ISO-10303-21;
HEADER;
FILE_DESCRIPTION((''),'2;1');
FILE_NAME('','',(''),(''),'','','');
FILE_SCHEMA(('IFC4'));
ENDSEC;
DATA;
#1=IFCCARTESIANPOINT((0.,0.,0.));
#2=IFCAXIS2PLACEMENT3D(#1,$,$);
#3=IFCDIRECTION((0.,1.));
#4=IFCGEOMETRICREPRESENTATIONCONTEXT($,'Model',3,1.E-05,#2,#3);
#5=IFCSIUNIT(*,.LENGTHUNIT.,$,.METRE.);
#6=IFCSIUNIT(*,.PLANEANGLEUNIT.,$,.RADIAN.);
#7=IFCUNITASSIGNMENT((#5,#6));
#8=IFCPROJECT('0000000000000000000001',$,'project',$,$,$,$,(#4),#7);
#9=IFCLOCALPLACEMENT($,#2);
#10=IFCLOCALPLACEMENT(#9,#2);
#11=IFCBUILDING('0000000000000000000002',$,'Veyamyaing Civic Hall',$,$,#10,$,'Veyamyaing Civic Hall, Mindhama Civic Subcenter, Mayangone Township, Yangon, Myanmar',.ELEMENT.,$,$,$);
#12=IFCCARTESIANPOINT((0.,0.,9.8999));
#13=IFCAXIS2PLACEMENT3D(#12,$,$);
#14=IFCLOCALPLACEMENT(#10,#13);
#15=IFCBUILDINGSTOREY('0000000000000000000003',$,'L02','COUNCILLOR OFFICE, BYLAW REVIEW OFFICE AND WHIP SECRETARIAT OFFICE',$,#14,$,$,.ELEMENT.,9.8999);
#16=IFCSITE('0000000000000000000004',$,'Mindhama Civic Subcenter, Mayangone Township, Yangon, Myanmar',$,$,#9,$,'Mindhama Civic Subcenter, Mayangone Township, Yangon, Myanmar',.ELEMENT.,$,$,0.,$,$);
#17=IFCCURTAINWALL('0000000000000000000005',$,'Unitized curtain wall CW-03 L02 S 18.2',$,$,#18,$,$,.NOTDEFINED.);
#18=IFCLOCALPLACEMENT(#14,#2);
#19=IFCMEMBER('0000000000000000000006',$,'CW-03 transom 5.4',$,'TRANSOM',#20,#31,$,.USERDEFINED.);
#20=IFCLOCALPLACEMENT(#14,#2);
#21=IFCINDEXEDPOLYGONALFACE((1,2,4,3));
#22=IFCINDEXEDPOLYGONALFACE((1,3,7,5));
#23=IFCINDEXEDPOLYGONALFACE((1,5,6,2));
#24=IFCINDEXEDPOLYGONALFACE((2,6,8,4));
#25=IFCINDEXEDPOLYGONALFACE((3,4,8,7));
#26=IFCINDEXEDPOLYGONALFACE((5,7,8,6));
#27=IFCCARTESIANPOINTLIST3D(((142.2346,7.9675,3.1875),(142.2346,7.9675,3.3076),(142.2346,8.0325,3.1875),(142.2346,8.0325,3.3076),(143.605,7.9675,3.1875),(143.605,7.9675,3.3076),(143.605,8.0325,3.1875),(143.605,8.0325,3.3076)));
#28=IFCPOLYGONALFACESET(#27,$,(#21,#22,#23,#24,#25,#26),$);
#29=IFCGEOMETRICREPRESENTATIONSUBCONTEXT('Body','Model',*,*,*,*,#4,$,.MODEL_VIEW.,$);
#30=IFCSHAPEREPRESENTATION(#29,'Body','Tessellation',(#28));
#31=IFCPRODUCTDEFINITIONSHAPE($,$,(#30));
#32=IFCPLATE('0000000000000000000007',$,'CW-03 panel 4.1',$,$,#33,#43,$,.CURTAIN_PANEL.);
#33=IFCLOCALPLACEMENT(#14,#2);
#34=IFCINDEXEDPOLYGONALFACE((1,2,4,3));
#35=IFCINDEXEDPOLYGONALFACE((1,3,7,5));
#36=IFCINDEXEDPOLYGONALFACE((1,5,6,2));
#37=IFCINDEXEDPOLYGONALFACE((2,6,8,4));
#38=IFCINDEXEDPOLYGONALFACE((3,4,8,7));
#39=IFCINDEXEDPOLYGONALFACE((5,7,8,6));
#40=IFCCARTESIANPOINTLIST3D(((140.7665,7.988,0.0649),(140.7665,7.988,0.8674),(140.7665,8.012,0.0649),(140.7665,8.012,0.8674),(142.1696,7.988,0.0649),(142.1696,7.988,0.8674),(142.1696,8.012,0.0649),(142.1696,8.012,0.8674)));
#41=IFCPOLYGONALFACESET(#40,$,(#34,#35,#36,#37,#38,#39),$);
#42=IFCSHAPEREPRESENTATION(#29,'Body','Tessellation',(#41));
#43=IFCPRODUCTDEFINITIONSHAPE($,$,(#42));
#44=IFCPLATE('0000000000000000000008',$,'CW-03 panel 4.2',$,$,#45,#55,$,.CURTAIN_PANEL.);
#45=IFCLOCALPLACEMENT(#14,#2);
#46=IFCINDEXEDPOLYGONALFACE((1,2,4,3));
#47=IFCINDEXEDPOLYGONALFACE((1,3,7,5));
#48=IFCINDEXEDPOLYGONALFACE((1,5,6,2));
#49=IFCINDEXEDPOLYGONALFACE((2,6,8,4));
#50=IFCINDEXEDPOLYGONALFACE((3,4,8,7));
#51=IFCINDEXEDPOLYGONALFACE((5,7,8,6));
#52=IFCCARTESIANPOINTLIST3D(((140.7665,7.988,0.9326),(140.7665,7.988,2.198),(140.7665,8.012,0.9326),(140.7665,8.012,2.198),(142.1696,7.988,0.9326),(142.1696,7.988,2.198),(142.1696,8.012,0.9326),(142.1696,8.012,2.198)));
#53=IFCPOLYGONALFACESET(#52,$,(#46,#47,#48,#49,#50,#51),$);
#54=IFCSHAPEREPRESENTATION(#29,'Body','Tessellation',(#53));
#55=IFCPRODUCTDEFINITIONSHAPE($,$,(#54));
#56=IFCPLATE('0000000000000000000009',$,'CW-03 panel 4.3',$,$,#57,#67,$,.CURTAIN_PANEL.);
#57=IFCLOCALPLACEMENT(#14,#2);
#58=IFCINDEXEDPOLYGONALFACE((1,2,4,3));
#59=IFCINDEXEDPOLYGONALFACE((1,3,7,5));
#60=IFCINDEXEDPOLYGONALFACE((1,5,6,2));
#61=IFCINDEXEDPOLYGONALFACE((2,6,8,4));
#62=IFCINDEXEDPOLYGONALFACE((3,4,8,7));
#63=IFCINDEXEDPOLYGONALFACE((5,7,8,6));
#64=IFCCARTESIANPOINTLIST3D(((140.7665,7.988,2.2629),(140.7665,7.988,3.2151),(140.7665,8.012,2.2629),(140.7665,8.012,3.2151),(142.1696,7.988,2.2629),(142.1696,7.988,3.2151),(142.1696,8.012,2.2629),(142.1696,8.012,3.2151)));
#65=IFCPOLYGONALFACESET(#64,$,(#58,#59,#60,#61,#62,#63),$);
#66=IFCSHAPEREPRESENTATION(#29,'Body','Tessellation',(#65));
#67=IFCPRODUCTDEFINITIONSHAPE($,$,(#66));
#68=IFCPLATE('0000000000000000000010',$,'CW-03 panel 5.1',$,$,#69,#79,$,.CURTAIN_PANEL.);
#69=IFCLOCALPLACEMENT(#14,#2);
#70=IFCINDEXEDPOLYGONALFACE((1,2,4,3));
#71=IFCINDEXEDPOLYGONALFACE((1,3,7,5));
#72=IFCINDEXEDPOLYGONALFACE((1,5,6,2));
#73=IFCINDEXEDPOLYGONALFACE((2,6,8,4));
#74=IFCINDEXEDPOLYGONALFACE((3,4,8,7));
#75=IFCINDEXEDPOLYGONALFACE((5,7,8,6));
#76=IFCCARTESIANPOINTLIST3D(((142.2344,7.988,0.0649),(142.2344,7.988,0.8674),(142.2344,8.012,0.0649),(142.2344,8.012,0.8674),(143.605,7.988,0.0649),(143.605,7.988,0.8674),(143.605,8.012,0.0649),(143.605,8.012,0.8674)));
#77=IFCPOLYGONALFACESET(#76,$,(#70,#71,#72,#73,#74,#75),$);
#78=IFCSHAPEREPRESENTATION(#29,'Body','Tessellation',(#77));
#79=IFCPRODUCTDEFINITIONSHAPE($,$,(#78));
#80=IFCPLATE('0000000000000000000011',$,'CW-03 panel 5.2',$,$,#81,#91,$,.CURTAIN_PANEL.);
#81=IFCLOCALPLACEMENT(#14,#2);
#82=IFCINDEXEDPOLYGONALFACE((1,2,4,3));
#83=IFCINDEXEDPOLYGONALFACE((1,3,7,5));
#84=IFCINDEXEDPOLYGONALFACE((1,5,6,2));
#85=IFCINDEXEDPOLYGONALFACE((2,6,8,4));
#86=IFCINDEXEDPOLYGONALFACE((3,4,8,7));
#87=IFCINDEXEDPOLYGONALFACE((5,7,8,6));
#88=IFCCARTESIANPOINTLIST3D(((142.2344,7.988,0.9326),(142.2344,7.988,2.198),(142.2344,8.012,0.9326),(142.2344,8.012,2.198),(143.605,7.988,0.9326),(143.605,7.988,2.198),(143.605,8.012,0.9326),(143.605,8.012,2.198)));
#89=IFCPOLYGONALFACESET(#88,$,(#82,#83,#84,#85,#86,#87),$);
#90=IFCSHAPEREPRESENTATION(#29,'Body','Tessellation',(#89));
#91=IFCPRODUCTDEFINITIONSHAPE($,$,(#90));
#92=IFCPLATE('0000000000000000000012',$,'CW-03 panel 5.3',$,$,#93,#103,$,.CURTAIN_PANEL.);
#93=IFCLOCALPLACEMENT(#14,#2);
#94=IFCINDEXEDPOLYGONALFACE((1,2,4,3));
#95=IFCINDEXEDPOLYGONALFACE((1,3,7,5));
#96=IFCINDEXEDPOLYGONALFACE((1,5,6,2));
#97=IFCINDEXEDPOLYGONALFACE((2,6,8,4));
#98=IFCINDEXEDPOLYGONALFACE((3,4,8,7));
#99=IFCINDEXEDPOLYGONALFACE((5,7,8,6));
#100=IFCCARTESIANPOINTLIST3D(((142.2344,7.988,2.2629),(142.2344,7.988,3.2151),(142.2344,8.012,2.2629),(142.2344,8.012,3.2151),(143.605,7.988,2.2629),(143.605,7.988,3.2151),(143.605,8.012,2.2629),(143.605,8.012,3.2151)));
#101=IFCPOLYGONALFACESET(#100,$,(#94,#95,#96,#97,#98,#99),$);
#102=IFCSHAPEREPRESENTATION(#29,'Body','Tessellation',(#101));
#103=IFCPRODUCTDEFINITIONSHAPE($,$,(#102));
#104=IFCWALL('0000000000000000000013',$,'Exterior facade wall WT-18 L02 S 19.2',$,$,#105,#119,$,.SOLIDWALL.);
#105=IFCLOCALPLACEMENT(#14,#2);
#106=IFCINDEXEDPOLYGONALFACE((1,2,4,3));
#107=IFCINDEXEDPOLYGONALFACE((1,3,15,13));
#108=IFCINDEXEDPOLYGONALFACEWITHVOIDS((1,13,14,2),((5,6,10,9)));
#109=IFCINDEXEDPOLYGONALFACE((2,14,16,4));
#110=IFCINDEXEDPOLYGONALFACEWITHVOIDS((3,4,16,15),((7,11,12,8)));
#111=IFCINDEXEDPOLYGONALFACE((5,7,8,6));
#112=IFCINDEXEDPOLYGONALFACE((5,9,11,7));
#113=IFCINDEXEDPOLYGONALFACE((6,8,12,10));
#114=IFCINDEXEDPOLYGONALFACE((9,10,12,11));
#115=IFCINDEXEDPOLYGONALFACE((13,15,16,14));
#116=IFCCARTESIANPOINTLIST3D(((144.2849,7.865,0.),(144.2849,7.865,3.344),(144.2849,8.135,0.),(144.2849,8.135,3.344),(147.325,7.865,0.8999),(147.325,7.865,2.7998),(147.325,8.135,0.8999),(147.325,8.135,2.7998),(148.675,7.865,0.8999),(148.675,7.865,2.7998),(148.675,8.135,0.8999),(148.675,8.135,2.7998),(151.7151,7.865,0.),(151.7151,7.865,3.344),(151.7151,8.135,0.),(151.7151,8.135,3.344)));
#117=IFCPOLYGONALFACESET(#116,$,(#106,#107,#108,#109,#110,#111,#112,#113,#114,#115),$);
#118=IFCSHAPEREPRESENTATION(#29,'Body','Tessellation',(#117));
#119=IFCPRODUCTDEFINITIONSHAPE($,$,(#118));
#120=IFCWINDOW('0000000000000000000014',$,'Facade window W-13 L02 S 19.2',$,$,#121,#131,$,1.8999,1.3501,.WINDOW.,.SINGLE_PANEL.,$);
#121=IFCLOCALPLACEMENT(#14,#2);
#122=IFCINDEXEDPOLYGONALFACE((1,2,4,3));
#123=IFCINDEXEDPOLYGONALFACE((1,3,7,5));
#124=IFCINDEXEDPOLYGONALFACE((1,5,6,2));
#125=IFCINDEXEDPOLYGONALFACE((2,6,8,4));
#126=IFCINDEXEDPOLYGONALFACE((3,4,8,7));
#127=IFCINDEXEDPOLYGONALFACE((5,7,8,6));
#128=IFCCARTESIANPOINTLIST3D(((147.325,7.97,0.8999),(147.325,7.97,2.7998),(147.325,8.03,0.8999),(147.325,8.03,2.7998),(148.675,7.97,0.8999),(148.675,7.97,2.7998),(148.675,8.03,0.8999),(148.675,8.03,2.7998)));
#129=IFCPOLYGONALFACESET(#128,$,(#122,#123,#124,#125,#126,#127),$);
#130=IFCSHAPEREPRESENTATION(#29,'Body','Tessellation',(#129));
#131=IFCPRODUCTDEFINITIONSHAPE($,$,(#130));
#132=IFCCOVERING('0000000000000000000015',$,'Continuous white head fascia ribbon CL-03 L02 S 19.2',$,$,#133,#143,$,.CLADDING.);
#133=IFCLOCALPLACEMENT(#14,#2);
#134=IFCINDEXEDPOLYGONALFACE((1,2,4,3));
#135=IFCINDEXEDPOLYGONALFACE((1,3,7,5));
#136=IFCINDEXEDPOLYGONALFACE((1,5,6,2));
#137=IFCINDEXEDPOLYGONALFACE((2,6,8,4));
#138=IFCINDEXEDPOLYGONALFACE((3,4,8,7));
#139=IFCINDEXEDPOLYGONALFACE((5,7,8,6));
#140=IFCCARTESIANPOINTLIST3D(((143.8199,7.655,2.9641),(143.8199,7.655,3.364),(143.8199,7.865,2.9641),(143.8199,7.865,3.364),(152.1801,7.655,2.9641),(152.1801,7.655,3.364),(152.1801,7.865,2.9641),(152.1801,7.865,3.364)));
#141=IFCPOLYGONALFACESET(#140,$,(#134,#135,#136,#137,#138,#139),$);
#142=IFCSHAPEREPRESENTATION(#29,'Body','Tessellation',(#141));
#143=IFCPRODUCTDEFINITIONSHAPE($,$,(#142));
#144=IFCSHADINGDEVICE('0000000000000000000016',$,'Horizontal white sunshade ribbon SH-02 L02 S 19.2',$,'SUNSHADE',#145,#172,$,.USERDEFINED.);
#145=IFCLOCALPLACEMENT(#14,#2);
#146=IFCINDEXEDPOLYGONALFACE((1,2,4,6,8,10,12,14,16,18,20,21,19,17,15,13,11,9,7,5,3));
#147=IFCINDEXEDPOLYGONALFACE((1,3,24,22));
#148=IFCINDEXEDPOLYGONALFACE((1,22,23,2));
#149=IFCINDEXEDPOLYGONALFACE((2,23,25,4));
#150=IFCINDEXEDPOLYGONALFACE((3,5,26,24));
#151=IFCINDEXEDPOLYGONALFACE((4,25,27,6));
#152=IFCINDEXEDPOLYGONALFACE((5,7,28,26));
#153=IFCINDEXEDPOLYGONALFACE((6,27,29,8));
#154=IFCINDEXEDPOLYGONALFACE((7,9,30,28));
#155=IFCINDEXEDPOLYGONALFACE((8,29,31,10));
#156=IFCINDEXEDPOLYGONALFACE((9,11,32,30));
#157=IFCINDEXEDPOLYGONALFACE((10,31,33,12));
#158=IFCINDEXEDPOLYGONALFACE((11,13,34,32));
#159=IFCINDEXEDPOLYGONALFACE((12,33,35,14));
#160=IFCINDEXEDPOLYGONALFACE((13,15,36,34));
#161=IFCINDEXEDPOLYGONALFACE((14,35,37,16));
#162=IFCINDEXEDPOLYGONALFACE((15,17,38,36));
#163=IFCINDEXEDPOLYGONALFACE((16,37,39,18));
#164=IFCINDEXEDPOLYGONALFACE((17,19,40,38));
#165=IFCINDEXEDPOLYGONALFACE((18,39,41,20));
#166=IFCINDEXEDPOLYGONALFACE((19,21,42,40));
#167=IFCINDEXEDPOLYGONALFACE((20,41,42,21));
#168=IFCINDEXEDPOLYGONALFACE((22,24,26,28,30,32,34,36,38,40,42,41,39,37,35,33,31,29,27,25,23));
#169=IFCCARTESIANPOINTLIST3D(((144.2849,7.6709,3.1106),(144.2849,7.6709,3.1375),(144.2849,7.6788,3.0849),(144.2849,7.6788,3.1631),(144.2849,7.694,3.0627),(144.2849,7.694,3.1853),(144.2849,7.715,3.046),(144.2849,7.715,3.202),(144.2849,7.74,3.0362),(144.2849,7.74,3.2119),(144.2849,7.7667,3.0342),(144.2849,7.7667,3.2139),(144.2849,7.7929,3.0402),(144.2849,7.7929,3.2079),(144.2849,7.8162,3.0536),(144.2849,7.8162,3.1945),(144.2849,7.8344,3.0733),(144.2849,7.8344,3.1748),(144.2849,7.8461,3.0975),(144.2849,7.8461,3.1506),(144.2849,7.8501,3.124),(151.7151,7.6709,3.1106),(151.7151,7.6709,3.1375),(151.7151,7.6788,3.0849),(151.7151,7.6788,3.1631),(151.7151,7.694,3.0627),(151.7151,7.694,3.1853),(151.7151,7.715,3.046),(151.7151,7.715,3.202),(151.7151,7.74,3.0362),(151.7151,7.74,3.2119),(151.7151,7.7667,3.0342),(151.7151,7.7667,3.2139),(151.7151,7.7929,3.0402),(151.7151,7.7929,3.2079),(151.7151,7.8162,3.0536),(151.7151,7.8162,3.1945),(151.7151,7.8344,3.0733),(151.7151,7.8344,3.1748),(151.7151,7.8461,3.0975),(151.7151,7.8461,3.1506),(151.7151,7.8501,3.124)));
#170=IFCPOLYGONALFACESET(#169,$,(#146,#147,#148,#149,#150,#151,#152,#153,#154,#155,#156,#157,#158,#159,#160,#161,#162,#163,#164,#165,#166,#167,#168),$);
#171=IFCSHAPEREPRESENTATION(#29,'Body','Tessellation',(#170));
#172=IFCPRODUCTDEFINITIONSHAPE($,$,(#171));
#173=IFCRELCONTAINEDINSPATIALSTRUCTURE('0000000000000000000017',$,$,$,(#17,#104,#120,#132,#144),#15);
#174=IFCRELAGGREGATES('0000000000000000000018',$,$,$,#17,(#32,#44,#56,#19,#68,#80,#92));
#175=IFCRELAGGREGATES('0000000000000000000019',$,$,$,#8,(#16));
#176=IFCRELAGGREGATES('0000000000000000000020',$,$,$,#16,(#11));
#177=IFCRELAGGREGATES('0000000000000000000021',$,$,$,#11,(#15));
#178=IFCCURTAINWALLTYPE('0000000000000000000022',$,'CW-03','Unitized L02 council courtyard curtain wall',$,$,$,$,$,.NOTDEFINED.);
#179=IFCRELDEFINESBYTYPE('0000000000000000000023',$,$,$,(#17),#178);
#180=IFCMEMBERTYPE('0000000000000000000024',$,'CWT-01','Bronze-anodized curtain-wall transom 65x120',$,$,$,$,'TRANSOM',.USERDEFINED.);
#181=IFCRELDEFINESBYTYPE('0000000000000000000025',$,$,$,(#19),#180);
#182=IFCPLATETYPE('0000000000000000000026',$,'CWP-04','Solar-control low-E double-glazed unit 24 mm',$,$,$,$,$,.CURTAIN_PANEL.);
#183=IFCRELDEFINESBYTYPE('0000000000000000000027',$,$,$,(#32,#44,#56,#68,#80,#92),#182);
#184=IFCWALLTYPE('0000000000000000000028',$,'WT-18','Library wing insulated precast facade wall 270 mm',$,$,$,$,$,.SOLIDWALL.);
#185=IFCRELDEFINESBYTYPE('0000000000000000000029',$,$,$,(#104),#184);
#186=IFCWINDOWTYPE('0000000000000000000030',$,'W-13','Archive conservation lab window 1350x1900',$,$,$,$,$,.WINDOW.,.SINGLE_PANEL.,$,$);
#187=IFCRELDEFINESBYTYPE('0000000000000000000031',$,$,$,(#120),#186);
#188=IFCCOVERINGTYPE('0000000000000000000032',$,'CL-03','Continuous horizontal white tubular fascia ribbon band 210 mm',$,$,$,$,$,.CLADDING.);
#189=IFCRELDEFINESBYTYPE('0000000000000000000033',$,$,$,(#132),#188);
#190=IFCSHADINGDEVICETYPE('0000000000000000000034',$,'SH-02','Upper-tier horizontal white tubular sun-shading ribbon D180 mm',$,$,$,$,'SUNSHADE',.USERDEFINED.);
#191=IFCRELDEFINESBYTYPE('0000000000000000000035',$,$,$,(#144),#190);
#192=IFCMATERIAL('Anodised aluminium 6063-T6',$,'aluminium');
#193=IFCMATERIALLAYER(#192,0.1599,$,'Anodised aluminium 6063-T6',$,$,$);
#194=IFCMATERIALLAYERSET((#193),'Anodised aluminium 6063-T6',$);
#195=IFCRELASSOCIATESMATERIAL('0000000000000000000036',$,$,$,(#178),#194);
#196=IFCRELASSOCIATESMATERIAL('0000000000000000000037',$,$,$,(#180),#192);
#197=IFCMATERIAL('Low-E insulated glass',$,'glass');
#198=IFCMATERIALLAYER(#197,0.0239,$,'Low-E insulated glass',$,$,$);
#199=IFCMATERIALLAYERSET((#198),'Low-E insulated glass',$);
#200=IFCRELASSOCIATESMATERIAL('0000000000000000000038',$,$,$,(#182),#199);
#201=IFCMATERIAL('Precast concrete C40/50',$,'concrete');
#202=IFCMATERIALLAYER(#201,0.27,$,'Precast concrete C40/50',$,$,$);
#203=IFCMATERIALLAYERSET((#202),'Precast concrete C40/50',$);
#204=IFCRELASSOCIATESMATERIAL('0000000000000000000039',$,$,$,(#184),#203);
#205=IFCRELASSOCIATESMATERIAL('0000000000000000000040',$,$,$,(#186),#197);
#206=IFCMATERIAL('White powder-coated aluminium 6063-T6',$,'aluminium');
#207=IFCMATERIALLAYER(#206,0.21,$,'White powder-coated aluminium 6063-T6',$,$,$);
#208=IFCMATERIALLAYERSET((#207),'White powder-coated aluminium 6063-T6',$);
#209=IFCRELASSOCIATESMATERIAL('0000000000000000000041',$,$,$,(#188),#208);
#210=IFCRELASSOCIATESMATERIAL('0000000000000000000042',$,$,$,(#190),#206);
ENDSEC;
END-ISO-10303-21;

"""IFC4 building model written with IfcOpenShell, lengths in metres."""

from ifc_helpers import new_model, si_unit, direction, frame, frame_2d, origin, origin_2d, place, context, subcontext, project, spatial, rectangle, circle, extrude, material, layer, layer_set, material_profile, profile_set, type_object, element, fill, aggregate, save


model = new_model("IFC4")

# Units and contexts
model_context = context("Model", 3, precision=1e-05, world=origin(), true_north=direction((0.0, 1.0)))
body_context = subcontext(model_context, "Body", "Model", "MODEL_VIEW")
ifc_project = project(units=[si_unit("LENGTHUNIT", "METRE"), si_unit("PLANEANGLEUNIT", "RADIAN")], contexts=[model_context])

# Site, building, storey
site_placement = place(None, origin())
site = spatial("IfcSite", under=ifc_project, at=site_placement, Name="Mindhama Civic Subcenter, Mayangone Township, Yangon, Myanmar", LongName="Mindhama Civic Subcenter, Mayangone Township, Yangon, Myanmar", CompositionType="ELEMENT", RefElevation=0.0)
building_placement = place(site_placement, origin())
building = spatial("IfcBuilding", under=site, at=building_placement, Name="Veyamyaing Civic Hall", LongName="Veyamyaing Civic Hall, Mindhama Civic Subcenter, Mayangone Township, Yangon, Myanmar", CompositionType="ELEMENT")
storey_placement = place(building_placement, frame((0.0, 0.0, 9.8999)))
storey = spatial("IfcBuildingStorey", under=building, at=storey_placement, Name="L02", Description="COUNCILLOR OFFICE, BYLAW REVIEW OFFICE AND WHIP SECRETARIAT OFFICE", CompositionType="ELEMENT", Elevation=9.8999)

# Curtain wall, member, plates
ifc_material_1 = material(Name="Anodised aluminium 6063-T6", Category="aluminium")
ifc_layer_1 = layer(ifc_material_1, 0.1599, Name="Anodised aluminium 6063-T6")
ifc_layer_set_1 = layer_set([ifc_layer_1], Name="Anodised aluminium 6063-T6")
curtain_wall_type = type_object("IfcCurtainWallType", Name="CW-03", Description="Unitized L02 council courtyard curtain wall", PredefinedType="NOTDEFINED", material=ifc_layer_set_1)
curtain_wall_placement = place(storey_placement, origin())
curtain_wall = element("IfcCurtainWall", 1, at=curtain_wall_placement, inside=storey, type_object=curtain_wall_type, Name="Unitized curtain wall CW-03 L02 S 18.2", PredefinedType="NOTDEFINED")
ifc_material_profile_1 = material_profile(ifc_material_1, rectangle(XDim=0.0649, YDim=0.1201, at=origin_2d()), Name="ALU-TRN-65X120")
ifc_profile_set_1 = profile_set([ifc_material_profile_1], Name="Anodised aluminium 6063-T6")
member_type_1 = type_object("IfcMemberType", Name="CWT-01", Description="Bronze-anodized curtain-wall transom 65x120", ElementType="TRANSOM", PredefinedType="USERDEFINED", material=ifc_profile_set_1)
member_1_placement = place(storey_placement, frame((142.2346, 8.0, 3.2476), z_axis=(1.0, 0.0, 0.0), x_axis=(0.0, 1.0, 0.0)))
member_1 = element("IfcMember", 2, at=member_1_placement, type_object=member_type_1, Name="CW-03 transom 5.4", ObjectType="TRANSOM", PredefinedType="USERDEFINED", context=body_context, shape_type="SweptSolid", body=[
    extrude(rectangle(XDim=0.0649, YDim=0.1201, at=origin_2d()), origin(), (0.0, 0.0, 1.0), 1.3704),
])
ifc_material_2 = material(Name="Low-E insulated glass", Category="glass")
ifc_layer_2 = layer(ifc_material_2, 0.0239, Name="Low-E insulated glass")
ifc_layer_set_2 = layer_set([ifc_layer_2], Name="Low-E insulated glass")
plate_type = type_object("IfcPlateType", Name="CWP-04", Description="Solar-control low-E double-glazed unit 24 mm", PredefinedType="CURTAIN_PANEL", material=ifc_layer_set_2)
plate_1_placement = place(storey_placement, frame((141.468, 8.0, 0.0649), z_axis=(0.0, 0.0, 1.0), x_axis=(1.0, 0.0, 0.0)))
plate_1 = element("IfcPlate", 3, at=plate_1_placement, type_object=plate_type, Name="CW-03 panel 4.1", PredefinedType="CURTAIN_PANEL", context=body_context, shape_type="SweptSolid", body=[
    extrude(rectangle(XDim=1.4031, YDim=0.0239, at=origin_2d()), origin(), (0.0, 0.0, 1.0), 0.8025),
])
plate_2_placement = place(storey_placement, frame((141.468, 8.0, 0.9326), z_axis=(0.0, 0.0, 1.0), x_axis=(1.0, 0.0, 0.0)))
plate_2 = element("IfcPlate", 4, at=plate_2_placement, type_object=plate_type, Name="CW-03 panel 4.2", PredefinedType="CURTAIN_PANEL", context=body_context, shape_type="SweptSolid", body=[
    extrude(rectangle(XDim=1.4031, YDim=0.0239, at=origin_2d()), origin(), (0.0, 0.0, 1.0), 1.2654),
])
plate_3_placement = place(storey_placement, frame((141.468, 8.0, 2.2629), z_axis=(0.0, 0.0, 1.0), x_axis=(1.0, 0.0, 0.0)))
plate_3 = element("IfcPlate", 5, at=plate_3_placement, type_object=plate_type, Name="CW-03 panel 4.3", PredefinedType="CURTAIN_PANEL", context=body_context, shape_type="SweptSolid", body=[
    extrude(rectangle(XDim=1.4031, YDim=0.0239, at=origin_2d()), origin(), (0.0, 0.0, 1.0), 0.9521),
])
plate_4_placement = place(storey_placement, frame((142.9197, 8.0, 0.0649), z_axis=(0.0, 0.0, 1.0), x_axis=(1.0, 0.0, 0.0)))
plate_4 = element("IfcPlate", 6, at=plate_4_placement, type_object=plate_type, Name="CW-03 panel 5.1", PredefinedType="CURTAIN_PANEL", context=body_context, shape_type="SweptSolid", body=[
    extrude(rectangle(XDim=1.3706, YDim=0.0239, at=origin_2d()), origin(), (0.0, 0.0, 1.0), 0.8025),
])
plate_5_placement = place(storey_placement, frame((142.9197, 8.0, 0.9326), z_axis=(0.0, 0.0, 1.0), x_axis=(1.0, 0.0, 0.0)))
plate_5 = element("IfcPlate", 7, at=plate_5_placement, type_object=plate_type, Name="CW-03 panel 5.2", PredefinedType="CURTAIN_PANEL", context=body_context, shape_type="SweptSolid", body=[
    extrude(rectangle(XDim=1.3706, YDim=0.0239, at=origin_2d()), origin(), (0.0, 0.0, 1.0), 1.2654),
])
plate_6_placement = place(storey_placement, frame((142.9197, 8.0, 2.2629), z_axis=(0.0, 0.0, 1.0), x_axis=(1.0, 0.0, 0.0)))
plate_6 = element("IfcPlate", 8, at=plate_6_placement, type_object=plate_type, Name="CW-03 panel 5.3", PredefinedType="CURTAIN_PANEL", context=body_context, shape_type="SweptSolid", body=[
    extrude(rectangle(XDim=1.3706, YDim=0.0239, at=origin_2d()), origin(), (0.0, 0.0, 1.0), 0.9521),
])
aggregate(curtain_wall, [plate_1, plate_2, plate_3, member_1, plate_4, plate_5, plate_6])

# Wall, opening, window
ifc_material_3 = material(Name="Precast concrete C40/50", Category="concrete")
ifc_layer_3 = layer(ifc_material_3, 0.27, Name="Precast concrete C40/50")
ifc_layer_set_3 = layer_set([ifc_layer_3], Name="Precast concrete C40/50")
wall_type = type_object("IfcWallType", Name="WT-18", Description="Library wing insulated precast facade wall 270 mm", PredefinedType="SOLIDWALL", material=ifc_layer_set_3)
wall_placement = place(storey_placement, frame((144.2849, 8.0, 0.0), z_axis=(0.0, 0.0, 1.0), x_axis=(1.0, 0.0, 0.0)))
wall = element("IfcWall", 9, at=wall_placement, inside=storey, type_object=wall_type, Name="Exterior facade wall WT-18 L02 S 19.2", PredefinedType="SOLIDWALL", context=body_context, shape_type="SweptSolid", body=[
    extrude(rectangle(XDim=7.4302, YDim=0.27, at=frame_2d((3.7151, 0.0))), origin(), (0.0, 0.0, 1.0), 3.344),
])
opening_placement = place(wall_placement, frame((3.04, 0.0, 0.8999)))
opening = element("IfcOpeningElement", 10, at=opening_placement, cuts=wall, PredefinedType="OPENING", context=body_context, shape_type="SweptSolid", body=[
    extrude(rectangle(XDim=1.3501, YDim=1.8999, at=frame_2d((0.675, 0.95))), frame((0.0, 0.145, 0.0), z_axis=(0.0, -1.0, 0.0), x_axis=(1.0, 0.0, 0.0)), (0.0, 0.0, 1.0), 0.29),
])
window_type = type_object("IfcWindowType", Name="W-13", Description="Archive conservation lab window 1350x1900", PartitioningType="SINGLE_PANEL", PredefinedType="WINDOW", material=ifc_material_2)
window_placement = place(opening_placement, origin())
window = element("IfcWindow", 11, at=window_placement, inside=storey, type_object=window_type, Name="Facade window W-13 L02 S 19.2", OverallHeight=1.8999, OverallWidth=1.3501, PartitioningType="SINGLE_PANEL", PredefinedType="WINDOW", context=body_context, shape_type="SweptSolid", body=[
    extrude(rectangle(XDim=1.3501, YDim=1.8999, at=frame_2d((0.675, 0.95))), frame((0.0, 0.03, 0.0), z_axis=(0.0, -1.0, 0.0), x_axis=(1.0, 0.0, 0.0)), (0.0, 0.0, 1.0), 0.0601),
])
fill(opening, window)

# Covering
ifc_material_4 = material(Name="White powder-coated aluminium 6063-T6", Category="aluminium")
ifc_layer_4 = layer(ifc_material_4, 0.21, Name="White powder-coated aluminium 6063-T6")
ifc_layer_set_4 = layer_set([ifc_layer_4], Name="White powder-coated aluminium 6063-T6")
covering_type = type_object("IfcCoveringType", Name="CL-03", Description="Continuous horizontal white tubular fascia ribbon band 210 mm", PredefinedType="CLADDING", material=ifc_layer_set_4)
covering_placement = place(storey_placement, frame((148.0, 7.76, 2.9641), z_axis=(0.0, 0.0, 1.0), x_axis=(1.0, 0.0, 0.0)))
element("IfcCovering", 12, at=covering_placement, inside=storey, type_object=covering_type, Name="Continuous white head fascia ribbon CL-03 L02 S 19.2", PredefinedType="CLADDING", context=body_context, shape_type="SweptSolid", body=[
    extrude(rectangle(XDim=8.3601, YDim=0.21, at=origin_2d()), origin(), (0.0, 0.0, 1.0), 0.3999),
])

# Shading device
ifc_material_profile_2 = material_profile(ifc_material_4, circle(Radius=0.0901, at=origin_2d()), Name="SHADE-TUBE-180")
ifc_profile_set_2 = profile_set([ifc_material_profile_2], Name="White powder-coated aluminium 6063-T6")
shading_device_type = type_object("IfcShadingDeviceType", Name="SH-02", Description="Upper-tier horizontal white tubular sun-shading ribbon D180 mm", ElementType="SUNSHADE", PredefinedType="USERDEFINED", material=ifc_profile_set_2)
shading_device_placement = place(storey_placement, frame((144.2849, 7.76, 3.124), z_axis=(1.0, 0.0, 0.0), x_axis=(0.0, 1.0, 0.0)))
element("IfcShadingDevice", 13, at=shading_device_placement, inside=storey, type_object=shading_device_type, Name="Horizontal white sunshade ribbon SH-02 L02 S 19.2", ObjectType="SUNSHADE", PredefinedType="USERDEFINED", context=body_context, shape_type="SweptSolid", body=[
    extrude(circle(Radius=0.0901, at=origin_2d()), origin(), (0.0, 0.0, 1.0), 7.4302),
])

save(model, "model.ifc")
